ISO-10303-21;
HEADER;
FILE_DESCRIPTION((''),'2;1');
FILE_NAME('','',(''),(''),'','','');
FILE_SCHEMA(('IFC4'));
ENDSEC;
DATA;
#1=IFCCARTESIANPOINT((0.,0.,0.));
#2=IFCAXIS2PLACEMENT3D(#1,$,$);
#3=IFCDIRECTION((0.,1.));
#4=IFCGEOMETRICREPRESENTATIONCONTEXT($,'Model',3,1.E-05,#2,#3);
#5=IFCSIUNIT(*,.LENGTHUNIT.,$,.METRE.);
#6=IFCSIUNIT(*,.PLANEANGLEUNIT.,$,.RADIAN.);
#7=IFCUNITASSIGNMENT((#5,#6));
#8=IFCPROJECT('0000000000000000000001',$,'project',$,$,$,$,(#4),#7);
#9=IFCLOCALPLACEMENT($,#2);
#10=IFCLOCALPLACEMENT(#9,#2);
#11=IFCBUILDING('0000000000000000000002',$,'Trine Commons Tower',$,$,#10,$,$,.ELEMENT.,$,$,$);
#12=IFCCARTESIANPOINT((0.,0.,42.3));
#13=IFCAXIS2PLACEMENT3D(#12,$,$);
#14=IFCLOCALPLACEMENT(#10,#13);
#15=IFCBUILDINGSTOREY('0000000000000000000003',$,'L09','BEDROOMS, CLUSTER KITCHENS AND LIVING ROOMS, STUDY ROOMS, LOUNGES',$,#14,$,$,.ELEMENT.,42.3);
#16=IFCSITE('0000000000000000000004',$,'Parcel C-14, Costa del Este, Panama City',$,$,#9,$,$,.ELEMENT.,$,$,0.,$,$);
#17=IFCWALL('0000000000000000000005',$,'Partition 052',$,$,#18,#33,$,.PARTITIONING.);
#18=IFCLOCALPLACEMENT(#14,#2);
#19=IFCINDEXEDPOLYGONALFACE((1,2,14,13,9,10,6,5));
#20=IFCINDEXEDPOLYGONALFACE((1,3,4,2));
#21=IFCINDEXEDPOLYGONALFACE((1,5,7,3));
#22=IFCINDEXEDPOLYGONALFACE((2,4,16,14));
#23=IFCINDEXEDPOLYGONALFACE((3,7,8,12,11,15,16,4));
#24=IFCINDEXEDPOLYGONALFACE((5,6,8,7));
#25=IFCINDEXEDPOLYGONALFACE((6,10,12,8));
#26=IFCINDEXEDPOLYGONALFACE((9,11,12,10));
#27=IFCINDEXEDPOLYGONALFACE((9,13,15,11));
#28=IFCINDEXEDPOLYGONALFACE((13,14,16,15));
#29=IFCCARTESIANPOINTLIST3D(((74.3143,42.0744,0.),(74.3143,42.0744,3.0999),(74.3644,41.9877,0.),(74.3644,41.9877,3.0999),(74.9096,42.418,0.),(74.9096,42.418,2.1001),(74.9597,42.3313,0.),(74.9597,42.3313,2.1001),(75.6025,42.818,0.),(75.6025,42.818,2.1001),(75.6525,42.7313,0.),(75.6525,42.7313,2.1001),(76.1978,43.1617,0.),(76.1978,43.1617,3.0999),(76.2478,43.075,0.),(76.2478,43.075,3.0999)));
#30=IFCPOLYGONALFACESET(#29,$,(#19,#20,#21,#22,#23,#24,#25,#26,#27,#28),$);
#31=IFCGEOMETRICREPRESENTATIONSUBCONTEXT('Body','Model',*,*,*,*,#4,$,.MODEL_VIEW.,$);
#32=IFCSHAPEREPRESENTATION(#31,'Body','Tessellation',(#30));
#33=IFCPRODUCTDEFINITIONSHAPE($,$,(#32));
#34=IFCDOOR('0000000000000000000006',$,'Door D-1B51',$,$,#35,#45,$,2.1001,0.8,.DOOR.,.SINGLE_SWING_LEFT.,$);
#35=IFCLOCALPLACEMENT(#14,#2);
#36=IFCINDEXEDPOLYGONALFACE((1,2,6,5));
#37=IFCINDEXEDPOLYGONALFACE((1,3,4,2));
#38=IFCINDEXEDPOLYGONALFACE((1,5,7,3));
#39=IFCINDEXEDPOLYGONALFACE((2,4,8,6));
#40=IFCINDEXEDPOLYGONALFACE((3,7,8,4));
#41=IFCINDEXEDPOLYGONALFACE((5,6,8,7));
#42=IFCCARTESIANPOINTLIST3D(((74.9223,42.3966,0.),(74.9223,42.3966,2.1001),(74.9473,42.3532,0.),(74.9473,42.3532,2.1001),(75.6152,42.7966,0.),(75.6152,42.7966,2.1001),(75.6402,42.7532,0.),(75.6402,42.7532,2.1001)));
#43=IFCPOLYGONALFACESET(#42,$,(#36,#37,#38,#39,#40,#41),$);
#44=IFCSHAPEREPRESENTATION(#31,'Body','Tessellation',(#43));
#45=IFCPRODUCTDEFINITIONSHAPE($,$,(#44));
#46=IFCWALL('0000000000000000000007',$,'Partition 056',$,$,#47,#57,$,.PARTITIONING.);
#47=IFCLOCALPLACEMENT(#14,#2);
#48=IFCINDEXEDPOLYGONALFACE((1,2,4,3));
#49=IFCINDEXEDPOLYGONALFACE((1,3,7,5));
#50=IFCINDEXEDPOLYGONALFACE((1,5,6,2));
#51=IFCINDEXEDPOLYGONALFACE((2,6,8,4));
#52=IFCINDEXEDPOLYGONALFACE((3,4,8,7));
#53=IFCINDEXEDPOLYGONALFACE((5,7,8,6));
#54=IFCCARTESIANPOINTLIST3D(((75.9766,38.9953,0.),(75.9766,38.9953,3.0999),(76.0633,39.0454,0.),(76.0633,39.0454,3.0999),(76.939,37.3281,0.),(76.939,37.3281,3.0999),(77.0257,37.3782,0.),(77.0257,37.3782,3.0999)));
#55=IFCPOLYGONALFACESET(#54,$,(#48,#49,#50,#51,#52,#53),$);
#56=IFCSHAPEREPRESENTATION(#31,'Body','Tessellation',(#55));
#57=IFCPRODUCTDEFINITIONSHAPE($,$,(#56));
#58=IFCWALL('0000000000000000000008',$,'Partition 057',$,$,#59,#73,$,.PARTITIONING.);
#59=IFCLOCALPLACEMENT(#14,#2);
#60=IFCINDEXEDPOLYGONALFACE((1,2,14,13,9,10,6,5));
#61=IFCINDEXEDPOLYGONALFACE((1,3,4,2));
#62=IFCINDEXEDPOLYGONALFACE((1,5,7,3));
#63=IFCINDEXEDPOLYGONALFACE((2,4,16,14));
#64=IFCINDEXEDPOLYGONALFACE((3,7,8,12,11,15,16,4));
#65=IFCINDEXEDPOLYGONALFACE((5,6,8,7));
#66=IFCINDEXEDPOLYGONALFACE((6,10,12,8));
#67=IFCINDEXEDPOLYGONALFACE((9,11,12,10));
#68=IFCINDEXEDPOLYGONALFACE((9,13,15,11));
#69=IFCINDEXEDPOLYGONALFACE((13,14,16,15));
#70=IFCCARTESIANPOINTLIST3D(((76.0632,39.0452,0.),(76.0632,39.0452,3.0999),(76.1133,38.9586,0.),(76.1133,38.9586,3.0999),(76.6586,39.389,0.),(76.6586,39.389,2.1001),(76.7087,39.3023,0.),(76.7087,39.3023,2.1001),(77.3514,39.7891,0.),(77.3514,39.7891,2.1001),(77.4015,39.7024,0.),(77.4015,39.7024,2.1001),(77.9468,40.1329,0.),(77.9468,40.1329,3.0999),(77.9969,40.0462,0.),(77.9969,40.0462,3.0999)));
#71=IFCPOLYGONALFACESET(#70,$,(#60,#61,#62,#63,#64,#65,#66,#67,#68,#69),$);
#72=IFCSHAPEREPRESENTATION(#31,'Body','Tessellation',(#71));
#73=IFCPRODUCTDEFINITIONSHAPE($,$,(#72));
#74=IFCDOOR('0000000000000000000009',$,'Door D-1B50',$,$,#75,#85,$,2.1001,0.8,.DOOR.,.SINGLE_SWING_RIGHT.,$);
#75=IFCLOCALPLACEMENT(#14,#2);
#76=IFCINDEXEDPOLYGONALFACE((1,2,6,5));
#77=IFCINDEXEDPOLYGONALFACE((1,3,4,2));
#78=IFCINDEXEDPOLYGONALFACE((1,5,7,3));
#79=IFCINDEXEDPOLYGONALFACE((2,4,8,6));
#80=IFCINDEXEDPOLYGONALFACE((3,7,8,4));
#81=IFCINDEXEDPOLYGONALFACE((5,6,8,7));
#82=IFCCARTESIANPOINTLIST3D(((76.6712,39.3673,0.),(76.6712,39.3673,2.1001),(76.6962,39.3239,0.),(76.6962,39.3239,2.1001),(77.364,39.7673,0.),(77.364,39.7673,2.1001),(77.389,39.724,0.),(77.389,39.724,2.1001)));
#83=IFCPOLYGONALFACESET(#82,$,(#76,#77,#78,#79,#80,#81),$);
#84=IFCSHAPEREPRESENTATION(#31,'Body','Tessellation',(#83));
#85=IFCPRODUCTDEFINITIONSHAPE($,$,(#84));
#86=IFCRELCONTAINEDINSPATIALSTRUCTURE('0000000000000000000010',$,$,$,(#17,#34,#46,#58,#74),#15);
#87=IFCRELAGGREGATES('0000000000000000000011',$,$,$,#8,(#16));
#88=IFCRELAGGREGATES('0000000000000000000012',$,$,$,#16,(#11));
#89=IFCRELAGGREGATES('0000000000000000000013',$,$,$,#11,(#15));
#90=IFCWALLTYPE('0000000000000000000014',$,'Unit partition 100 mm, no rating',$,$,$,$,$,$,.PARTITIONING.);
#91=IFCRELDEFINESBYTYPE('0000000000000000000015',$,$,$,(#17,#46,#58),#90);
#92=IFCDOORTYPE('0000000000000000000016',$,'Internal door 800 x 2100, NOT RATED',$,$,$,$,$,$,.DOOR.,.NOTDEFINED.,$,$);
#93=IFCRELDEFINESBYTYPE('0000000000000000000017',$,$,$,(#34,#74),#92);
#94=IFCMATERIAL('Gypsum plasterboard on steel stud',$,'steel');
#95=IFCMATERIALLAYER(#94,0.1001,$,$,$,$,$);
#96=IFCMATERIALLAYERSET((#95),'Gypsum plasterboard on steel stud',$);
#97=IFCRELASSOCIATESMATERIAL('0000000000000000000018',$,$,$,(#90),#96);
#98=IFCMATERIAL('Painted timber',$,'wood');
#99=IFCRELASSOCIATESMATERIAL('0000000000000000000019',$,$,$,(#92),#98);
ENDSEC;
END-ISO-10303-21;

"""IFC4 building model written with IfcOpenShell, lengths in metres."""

from ifc_helpers import new_model, si_unit, direction, frame, frame_2d, origin, place, context, subcontext, project, spatial, rectangle, extrude, material, layer, layer_set, type_object, element, fill, save


model = new_model("IFC4")

# Units and contexts
model_context = context("Model", 3, precision=1e-05, world=origin(), true_north=direction((0.0, 1.0)))
body_context = subcontext(model_context, "Body", "Model", "MODEL_VIEW")
ifc_project = project(units=[si_unit("LENGTHUNIT", "METRE"), si_unit("PLANEANGLEUNIT", "RADIAN")], contexts=[model_context])

# Site, building, storey
site_placement = place(None, origin())
site = spatial("IfcSite", under=ifc_project, at=site_placement, Name="Parcel C-14, Costa del Este, Panama City", CompositionType="ELEMENT", RefElevation=0.0)
building_placement = place(site_placement, origin())
building = spatial("IfcBuilding", under=site, at=building_placement, Name="Trine Commons Tower", CompositionType="ELEMENT")
storey_placement = place(building_placement, frame((0.0, 0.0, 42.3)))
storey = spatial("IfcBuildingStorey", under=building, at=storey_placement, Name="L09", Description="BEDROOMS, CLUSTER KITCHENS AND LIVING ROOMS, STUDY ROOMS, LOUNGES", CompositionType="ELEMENT", Elevation=42.3)

# Shared definitions
ifc_material_1 = material(Name="Gypsum plasterboard on steel stud", Category="steel")

# Shared definitions
ifc_material_2 = material(Name="Painted timber", Category="wood")

# Shared definitions
ifc_layer_1 = layer(ifc_material_1, 0.1001)
ifc_layer_set_1 = layer_set([ifc_layer_1], Name="Gypsum plasterboard on steel stud")
wall_type_1 = type_object("IfcWallType", Name="Unit partition 100 mm, no rating", PredefinedType="PARTITIONING", material=ifc_layer_set_1)
door_type_1 = type_object("IfcDoorType", Name="Internal door 800 x 2100, NOT RATED", OperationType="NOTDEFINED", PredefinedType="DOOR", material=ifc_material_2)

# Wall, opening, door
wall_1_placement = place(storey_placement, frame((74.3394, 42.031, 0.0), z_axis=(0.0, 0.0, 1.0), x_axis=(0.866038, 0.499978, 0.0)))
wall_1 = element("IfcWall", 1, at=wall_1_placement, inside=storey, type_object=wall_type_1, Name="Partition 052", PredefinedType="PARTITIONING", context=body_context, shape_type="SweptSolid", body=[
    extrude(rectangle(XDim=2.1748, YDim=0.1001, at=frame_2d((1.0874, 0.0))), origin(), (0.0, 0.0, 1.0), 3.0999),
])
opening_1_placement = place(wall_1_placement, frame((0.6875, 0.0, 0.0)))
opening_1 = element("IfcOpeningElement", 2, at=opening_1_placement, cuts=wall_1, PredefinedType="OPENING", context=body_context, shape_type="SweptSolid", body=[
    extrude(rectangle(XDim=0.8, YDim=2.1001, at=frame_2d((0.3999, 1.05))), frame((0.0, 0.0601, 0.0), z_axis=(0.0, -1.0, 0.0), x_axis=(1.0, 0.0, 0.0)), (0.0, 0.0, 1.0), 0.1201),
])
door_1_placement = place(opening_1_placement, frame((0.8, 0.0, 0.0), z_axis=(0.0, 0.0, 1.0), x_axis=(-1.0, 0.0, 0.0)))
door_1 = element("IfcDoor", 3, at=door_1_placement, inside=storey, type_object=door_type_1, Name="Door D-1B51", OperationType="SINGLE_SWING_LEFT", OverallHeight=2.1001, OverallWidth=0.8, PredefinedType="DOOR", context=body_context, shape_type="SweptSolid", body=[
    extrude(rectangle(XDim=0.8, YDim=2.1001, at=frame_2d((0.3999, 1.05))), frame((0.0, 0.0249, 0.0), z_axis=(0.0, -1.0, 0.0), x_axis=(1.0, 0.0, 0.0)), (0.0, 0.0, 1.0), 0.05),
])
fill(opening_1, door_1)

# Wall
wall_2_placement = place(storey_placement, frame((76.02, 39.0203, 0.0), z_axis=(0.0, 0.0, 1.0), x_axis=(0.499931, -0.866065, 0.0)))
element("IfcWall", 4, at=wall_2_placement, inside=storey, type_object=wall_type_1, Name="Partition 056", PredefinedType="PARTITIONING", context=body_context, shape_type="SweptSolid", body=[
    extrude(rectangle(XDim=1.925, YDim=0.1001, at=frame_2d((0.9624, 0.0))), origin(), (0.0, 0.0, 1.0), 3.0999),
])

# Wall, opening, door
wall_3_placement = place(storey_placement, frame((76.0884, 39.002, 0.0), z_axis=(0.0, 0.0, 1.0), x_axis=(0.865989, 0.500063, 0.0)))
wall_3 = element("IfcWall", 5, at=wall_3_placement, inside=storey, type_object=wall_type_1, Name="Partition 057", PredefinedType="PARTITIONING", context=body_context, shape_type="SweptSolid", body=[
    extrude(rectangle(XDim=2.175, YDim=0.1001, at=frame_2d((1.0874, 0.0))), origin(), (0.0, 0.0, 1.0), 3.0999),
])
opening_2_placement = place(wall_3_placement, frame((0.6875, 0.0, 0.0)))
opening_2 = element("IfcOpeningElement", 6, at=opening_2_placement, cuts=wall_3, PredefinedType="OPENING", context=body_context, shape_type="SweptSolid", body=[
    extrude(rectangle(XDim=0.8, YDim=2.1001, at=frame_2d((0.3999, 1.05))), frame((0.0, 0.0601, 0.0), z_axis=(0.0, -1.0, 0.0), x_axis=(1.0, 0.0, 0.0)), (0.0, 0.0, 1.0), 0.1201),
])
door_2_placement = place(opening_2_placement, origin())
door_2 = element("IfcDoor", 7, at=door_2_placement, inside=storey, type_object=door_type_1, Name="Door D-1B50", OperationType="SINGLE_SWING_RIGHT", OverallHeight=2.1001, OverallWidth=0.8, PredefinedType="DOOR", context=body_context, shape_type="SweptSolid", body=[
    extrude(rectangle(XDim=0.8, YDim=2.1001, at=frame_2d((0.3999, 1.05))), frame((0.0, 0.0249, 0.0), z_axis=(0.0, -1.0, 0.0), x_axis=(1.0, 0.0, 0.0)), (0.0, 0.0, 1.0), 0.05),
])
fill(opening_2, door_2)

save(model, "model.ifc")
